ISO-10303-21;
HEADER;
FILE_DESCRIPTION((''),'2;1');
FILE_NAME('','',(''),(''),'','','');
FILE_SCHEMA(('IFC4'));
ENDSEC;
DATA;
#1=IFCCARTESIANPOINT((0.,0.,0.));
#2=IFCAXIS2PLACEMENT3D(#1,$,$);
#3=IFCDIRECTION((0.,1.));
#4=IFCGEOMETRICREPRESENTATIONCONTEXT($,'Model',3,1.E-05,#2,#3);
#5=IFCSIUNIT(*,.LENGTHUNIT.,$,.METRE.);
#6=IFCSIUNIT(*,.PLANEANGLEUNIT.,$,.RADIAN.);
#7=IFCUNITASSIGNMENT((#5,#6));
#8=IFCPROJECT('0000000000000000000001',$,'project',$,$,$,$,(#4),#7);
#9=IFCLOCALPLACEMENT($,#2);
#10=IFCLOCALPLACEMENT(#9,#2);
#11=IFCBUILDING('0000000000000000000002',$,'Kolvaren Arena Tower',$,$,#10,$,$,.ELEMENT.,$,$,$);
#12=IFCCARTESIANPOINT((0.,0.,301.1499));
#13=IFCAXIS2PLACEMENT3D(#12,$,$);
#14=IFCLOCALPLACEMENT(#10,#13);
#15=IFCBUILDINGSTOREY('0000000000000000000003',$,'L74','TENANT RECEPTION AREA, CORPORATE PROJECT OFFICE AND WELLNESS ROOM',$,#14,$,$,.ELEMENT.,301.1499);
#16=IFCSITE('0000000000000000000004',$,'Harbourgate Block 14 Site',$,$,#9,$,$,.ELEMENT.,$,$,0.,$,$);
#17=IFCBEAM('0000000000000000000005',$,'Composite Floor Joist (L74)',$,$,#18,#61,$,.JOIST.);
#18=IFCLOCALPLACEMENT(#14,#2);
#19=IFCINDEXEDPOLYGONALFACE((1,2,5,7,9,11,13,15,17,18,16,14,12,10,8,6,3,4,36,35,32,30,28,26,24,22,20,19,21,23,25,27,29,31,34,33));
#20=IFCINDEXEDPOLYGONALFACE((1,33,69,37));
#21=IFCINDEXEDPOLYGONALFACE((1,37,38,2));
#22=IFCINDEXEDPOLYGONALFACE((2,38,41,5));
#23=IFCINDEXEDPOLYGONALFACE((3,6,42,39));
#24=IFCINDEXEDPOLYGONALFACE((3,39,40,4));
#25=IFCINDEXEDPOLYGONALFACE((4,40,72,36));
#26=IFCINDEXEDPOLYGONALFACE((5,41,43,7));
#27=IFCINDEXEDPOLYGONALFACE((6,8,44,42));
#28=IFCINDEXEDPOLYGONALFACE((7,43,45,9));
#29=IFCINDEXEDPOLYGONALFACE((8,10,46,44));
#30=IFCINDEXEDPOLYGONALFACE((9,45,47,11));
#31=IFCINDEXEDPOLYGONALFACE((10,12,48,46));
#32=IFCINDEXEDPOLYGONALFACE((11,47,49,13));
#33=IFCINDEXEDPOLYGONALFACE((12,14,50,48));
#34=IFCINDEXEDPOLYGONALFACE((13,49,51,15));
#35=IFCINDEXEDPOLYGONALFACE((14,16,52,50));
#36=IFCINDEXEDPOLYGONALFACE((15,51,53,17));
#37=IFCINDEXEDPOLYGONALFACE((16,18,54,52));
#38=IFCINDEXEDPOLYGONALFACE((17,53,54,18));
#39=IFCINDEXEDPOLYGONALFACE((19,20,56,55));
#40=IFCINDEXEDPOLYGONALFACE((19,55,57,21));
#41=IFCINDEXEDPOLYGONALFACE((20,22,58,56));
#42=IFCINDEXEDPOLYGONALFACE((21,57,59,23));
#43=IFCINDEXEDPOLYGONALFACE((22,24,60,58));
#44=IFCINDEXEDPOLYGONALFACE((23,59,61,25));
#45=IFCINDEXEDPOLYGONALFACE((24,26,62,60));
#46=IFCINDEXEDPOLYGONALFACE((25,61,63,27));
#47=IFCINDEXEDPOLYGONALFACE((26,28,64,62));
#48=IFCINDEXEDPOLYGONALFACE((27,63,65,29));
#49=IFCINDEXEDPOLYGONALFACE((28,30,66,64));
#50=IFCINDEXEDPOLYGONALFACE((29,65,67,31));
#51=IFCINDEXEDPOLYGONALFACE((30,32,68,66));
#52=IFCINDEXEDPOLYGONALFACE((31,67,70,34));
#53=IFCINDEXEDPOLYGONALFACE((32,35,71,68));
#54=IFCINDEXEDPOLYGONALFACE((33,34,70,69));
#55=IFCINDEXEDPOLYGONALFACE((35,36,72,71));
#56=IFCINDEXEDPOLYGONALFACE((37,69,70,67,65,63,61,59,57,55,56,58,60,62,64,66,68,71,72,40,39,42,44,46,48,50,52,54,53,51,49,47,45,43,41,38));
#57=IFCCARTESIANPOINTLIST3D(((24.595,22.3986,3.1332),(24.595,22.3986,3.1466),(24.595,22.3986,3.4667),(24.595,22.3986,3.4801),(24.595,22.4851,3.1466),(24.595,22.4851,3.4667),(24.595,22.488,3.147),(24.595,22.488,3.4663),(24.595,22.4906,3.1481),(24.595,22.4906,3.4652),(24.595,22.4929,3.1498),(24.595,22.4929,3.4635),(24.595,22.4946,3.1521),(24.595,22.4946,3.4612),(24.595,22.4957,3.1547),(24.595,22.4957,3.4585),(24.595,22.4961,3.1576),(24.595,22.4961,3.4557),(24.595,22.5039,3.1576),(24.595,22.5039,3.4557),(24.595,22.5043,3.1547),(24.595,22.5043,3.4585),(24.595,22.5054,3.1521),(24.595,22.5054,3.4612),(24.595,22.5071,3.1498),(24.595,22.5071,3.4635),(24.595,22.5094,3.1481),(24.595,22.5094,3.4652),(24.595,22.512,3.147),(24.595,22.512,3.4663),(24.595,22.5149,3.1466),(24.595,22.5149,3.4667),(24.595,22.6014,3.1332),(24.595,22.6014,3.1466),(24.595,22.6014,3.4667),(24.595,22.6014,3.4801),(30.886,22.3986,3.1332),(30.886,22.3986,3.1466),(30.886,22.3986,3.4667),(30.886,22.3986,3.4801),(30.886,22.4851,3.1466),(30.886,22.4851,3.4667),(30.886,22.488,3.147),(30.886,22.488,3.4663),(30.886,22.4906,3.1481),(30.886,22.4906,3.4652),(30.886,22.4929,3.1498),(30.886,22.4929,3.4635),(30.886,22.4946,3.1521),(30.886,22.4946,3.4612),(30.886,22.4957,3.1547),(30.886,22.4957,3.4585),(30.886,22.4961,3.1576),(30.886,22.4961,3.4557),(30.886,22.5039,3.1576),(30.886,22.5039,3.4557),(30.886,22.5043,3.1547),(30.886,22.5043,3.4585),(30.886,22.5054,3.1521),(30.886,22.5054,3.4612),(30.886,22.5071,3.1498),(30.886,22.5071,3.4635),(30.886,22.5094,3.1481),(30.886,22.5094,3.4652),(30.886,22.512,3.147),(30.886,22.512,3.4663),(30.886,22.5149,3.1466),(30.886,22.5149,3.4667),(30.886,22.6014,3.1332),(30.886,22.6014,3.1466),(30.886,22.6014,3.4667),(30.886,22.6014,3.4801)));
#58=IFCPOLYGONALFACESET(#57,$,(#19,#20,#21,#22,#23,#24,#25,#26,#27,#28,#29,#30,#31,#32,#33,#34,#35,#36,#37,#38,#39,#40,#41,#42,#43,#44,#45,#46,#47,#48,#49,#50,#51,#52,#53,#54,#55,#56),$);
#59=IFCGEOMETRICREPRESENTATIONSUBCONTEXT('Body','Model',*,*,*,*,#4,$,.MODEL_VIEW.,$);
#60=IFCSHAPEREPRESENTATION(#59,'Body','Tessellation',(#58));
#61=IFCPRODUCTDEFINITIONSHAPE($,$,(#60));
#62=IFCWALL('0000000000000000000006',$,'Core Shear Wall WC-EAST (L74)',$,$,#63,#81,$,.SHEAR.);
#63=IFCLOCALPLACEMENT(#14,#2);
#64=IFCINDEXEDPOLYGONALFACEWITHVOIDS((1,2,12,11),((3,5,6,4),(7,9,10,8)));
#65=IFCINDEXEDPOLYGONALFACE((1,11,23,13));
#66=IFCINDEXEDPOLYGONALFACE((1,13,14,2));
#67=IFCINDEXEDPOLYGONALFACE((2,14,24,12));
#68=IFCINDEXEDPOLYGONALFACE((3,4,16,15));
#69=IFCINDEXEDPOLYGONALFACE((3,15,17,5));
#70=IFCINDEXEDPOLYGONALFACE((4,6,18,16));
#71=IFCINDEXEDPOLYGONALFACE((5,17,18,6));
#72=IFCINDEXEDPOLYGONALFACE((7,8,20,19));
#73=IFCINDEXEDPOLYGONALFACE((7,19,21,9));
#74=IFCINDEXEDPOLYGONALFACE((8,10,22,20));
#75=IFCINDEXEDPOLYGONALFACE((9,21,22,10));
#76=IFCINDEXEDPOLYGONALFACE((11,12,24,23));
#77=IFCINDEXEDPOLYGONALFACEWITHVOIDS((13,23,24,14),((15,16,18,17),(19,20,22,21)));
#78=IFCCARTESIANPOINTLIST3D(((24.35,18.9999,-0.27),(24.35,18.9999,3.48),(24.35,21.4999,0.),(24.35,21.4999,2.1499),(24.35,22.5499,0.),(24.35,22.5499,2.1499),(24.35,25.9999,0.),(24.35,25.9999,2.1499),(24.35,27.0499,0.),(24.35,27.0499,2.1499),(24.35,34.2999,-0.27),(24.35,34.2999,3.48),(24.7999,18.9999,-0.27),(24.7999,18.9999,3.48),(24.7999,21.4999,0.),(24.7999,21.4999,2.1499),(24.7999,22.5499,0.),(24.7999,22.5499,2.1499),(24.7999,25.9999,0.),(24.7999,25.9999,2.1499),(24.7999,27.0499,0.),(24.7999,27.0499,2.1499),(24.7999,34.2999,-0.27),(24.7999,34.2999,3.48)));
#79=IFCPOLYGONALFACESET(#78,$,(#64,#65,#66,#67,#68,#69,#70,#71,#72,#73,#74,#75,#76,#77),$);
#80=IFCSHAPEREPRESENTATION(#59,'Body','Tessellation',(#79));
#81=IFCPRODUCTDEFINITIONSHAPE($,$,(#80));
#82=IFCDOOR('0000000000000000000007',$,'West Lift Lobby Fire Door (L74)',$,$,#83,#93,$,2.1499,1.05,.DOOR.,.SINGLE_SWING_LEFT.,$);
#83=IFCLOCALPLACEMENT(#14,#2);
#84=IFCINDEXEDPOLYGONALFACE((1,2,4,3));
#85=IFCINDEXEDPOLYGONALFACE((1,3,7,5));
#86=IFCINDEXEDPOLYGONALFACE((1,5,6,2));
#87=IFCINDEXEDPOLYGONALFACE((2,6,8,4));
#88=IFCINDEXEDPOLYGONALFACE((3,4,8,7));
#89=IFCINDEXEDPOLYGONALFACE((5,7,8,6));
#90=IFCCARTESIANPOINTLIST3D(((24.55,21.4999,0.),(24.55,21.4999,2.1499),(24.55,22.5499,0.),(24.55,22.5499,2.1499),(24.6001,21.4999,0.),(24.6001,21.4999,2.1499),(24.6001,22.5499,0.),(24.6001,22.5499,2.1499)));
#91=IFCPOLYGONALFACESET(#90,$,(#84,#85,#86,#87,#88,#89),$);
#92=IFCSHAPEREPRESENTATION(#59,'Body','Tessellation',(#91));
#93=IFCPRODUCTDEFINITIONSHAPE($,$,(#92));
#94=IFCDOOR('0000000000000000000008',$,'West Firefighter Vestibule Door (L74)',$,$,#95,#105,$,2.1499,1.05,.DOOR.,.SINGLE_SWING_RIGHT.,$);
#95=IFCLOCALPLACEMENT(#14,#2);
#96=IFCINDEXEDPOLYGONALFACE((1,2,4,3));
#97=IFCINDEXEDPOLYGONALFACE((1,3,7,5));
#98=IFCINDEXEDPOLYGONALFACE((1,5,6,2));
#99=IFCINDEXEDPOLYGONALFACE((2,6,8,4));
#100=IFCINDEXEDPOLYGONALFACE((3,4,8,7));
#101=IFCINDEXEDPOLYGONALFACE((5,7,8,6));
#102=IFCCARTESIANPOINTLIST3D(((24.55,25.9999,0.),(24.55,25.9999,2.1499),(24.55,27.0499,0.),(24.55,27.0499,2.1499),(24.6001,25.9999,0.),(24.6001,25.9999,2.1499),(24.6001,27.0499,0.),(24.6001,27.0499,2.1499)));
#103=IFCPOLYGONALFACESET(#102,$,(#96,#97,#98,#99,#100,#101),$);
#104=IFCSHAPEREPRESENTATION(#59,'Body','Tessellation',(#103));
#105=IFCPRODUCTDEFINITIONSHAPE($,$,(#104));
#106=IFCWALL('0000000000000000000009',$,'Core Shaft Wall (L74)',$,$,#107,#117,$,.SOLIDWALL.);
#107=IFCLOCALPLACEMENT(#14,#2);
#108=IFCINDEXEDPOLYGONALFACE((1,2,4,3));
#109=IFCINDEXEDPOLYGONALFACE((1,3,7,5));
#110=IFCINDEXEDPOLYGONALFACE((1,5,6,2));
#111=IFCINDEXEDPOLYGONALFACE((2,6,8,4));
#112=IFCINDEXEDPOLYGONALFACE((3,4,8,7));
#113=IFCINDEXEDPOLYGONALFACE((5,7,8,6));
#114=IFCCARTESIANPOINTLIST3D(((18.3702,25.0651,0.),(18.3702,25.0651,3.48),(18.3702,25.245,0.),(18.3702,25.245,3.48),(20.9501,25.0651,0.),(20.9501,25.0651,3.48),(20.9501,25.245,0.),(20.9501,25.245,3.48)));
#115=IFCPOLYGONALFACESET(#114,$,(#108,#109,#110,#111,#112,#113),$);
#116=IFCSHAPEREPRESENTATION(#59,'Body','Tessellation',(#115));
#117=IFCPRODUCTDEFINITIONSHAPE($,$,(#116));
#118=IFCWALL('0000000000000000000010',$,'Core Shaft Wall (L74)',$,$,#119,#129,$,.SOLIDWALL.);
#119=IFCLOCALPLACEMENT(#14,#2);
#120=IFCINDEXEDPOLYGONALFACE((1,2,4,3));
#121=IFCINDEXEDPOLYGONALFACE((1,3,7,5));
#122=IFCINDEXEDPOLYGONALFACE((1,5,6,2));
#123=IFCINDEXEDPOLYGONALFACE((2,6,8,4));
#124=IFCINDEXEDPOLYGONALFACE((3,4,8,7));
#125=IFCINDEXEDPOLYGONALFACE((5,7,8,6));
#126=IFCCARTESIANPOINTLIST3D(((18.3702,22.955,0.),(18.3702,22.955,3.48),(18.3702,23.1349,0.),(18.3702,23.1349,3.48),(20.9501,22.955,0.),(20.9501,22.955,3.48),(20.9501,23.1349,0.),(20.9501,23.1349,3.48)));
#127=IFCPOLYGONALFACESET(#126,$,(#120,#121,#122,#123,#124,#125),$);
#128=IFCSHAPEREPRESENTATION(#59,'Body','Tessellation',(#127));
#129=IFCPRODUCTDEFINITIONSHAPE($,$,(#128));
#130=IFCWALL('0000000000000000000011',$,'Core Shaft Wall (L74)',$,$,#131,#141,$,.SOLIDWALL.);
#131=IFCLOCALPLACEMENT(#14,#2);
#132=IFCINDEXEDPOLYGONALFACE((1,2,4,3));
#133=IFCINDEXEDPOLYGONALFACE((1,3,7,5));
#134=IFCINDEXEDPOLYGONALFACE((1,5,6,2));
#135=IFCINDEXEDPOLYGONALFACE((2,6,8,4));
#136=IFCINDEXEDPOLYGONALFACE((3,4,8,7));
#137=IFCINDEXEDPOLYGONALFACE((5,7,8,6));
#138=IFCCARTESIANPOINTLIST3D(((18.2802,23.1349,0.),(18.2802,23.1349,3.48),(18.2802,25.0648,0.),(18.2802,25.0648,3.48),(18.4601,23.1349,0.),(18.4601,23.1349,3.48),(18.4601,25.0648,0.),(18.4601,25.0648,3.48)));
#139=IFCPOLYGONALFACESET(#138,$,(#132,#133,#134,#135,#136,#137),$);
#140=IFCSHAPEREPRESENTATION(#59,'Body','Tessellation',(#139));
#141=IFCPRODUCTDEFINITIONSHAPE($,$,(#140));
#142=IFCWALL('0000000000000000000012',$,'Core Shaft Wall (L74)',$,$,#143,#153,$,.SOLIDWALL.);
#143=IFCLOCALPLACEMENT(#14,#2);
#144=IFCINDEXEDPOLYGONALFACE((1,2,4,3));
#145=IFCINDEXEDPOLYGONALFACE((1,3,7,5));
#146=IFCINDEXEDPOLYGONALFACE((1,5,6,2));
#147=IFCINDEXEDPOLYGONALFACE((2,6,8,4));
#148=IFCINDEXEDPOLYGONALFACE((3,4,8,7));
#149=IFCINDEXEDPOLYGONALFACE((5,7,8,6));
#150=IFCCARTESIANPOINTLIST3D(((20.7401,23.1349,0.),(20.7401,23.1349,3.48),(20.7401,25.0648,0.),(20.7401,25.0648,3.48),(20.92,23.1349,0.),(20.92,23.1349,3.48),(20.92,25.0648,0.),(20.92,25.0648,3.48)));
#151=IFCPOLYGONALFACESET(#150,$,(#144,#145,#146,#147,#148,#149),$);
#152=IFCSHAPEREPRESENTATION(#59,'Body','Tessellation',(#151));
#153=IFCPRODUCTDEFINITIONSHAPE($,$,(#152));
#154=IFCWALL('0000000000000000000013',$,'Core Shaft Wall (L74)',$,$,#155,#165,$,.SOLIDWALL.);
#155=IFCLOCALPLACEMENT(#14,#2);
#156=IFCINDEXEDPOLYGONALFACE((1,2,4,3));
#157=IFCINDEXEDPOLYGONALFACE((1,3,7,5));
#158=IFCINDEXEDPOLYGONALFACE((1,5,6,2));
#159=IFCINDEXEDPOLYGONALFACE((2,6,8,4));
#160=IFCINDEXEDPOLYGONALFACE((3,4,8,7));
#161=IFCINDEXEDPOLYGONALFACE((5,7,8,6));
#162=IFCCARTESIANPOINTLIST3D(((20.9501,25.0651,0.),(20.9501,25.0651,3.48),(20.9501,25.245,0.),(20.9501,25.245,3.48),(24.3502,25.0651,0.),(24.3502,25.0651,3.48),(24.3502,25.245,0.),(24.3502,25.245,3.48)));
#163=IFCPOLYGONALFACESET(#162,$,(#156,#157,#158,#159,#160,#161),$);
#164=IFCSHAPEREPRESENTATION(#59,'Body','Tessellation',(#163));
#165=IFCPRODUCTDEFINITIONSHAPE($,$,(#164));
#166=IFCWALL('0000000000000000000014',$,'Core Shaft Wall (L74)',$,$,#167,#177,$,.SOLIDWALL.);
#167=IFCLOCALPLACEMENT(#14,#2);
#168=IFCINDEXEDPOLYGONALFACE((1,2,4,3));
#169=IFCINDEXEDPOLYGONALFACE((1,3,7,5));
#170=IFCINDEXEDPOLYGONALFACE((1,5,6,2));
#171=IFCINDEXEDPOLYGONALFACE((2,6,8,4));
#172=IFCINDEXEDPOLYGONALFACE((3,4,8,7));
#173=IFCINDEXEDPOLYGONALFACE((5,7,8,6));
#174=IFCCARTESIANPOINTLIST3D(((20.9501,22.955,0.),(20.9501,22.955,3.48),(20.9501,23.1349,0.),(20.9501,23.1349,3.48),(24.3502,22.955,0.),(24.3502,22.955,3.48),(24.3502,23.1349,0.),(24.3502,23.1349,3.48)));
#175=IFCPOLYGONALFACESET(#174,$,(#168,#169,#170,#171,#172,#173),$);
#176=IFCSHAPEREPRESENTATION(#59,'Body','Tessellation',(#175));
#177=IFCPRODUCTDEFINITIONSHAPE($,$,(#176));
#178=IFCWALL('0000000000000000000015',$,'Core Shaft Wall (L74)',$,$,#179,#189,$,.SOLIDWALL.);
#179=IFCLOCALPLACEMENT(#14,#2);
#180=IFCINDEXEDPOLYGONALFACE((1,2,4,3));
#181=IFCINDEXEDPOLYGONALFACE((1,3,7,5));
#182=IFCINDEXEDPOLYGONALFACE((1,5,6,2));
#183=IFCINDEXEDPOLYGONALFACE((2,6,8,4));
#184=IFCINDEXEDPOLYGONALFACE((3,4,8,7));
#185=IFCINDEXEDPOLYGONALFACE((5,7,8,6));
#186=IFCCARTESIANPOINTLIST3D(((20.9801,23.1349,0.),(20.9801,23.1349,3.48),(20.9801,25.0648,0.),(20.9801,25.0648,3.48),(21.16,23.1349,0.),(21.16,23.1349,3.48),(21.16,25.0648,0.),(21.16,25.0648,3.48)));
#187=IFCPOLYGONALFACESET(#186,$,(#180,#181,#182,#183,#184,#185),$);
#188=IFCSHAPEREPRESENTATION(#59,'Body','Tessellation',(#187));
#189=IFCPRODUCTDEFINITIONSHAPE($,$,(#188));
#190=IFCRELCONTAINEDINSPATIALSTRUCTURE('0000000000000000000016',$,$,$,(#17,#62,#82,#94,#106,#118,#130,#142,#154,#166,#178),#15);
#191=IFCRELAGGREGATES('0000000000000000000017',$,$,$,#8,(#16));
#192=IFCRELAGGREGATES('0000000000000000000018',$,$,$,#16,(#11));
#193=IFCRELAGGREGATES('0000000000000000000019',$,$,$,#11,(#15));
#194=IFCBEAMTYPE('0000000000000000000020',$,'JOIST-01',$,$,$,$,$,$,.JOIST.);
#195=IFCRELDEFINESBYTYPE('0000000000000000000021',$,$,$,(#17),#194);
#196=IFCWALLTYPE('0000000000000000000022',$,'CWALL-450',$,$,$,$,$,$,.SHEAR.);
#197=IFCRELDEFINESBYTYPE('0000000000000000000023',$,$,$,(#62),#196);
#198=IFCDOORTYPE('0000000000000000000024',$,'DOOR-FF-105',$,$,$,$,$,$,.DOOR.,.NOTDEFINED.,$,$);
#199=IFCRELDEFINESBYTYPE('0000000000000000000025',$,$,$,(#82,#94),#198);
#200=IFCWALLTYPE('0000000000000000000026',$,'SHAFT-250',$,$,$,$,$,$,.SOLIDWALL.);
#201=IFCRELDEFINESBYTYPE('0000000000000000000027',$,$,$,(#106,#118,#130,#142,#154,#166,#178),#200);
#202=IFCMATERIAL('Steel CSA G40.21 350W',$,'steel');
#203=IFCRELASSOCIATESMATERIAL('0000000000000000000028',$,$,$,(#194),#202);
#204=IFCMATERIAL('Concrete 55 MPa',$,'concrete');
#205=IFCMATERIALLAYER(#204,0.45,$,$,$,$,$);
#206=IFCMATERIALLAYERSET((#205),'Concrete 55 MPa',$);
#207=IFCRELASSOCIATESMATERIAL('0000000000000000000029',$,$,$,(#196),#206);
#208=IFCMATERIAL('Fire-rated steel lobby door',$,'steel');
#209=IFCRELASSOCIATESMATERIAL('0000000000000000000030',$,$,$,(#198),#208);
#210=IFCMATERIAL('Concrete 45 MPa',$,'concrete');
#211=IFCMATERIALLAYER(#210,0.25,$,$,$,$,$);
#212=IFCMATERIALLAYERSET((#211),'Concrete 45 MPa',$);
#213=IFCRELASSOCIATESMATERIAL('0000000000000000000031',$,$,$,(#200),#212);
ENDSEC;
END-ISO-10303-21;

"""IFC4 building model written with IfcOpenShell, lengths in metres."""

from ifc_helpers import new_model, si_unit, direction, frame, frame_2d, origin, origin_2d, place, context, subcontext, project, spatial, rectangle, i_section, extrude, material, layer, layer_set, material_profile, profile_set, type_object, element, fill, save


model = new_model("IFC4")

# Units and contexts
model_context = context("Model", 3, precision=1e-05, world=origin(), true_north=direction((0.0, 1.0)))
body_context = subcontext(model_context, "Body", "Model", "MODEL_VIEW")
ifc_project = project(units=[si_unit("LENGTHUNIT", "METRE"), si_unit("PLANEANGLEUNIT", "RADIAN")], contexts=[model_context])

# Site, building, storey
site_placement = place(None, origin())
site = spatial("IfcSite", under=ifc_project, at=site_placement, Name="Harbourgate Block 14 Site", CompositionType="ELEMENT", RefElevation=0.0)
building_placement = place(site_placement, origin())
building = spatial("IfcBuilding", under=site, at=building_placement, Name="Kolvaren Arena Tower", CompositionType="ELEMENT")
storey_placement = place(building_placement, frame((0.0, 0.0, 301.1499)))
storey = spatial("IfcBuildingStorey", under=building, at=storey_placement, Name="L74", Description="TENANT RECEPTION AREA, CORPORATE PROJECT OFFICE AND WELLNESS ROOM", CompositionType="ELEMENT", Elevation=301.1499)

# Beam
ifc_material_1 = material(Name="Steel CSA G40.21 350W", Category="steel")
ifc_material_profile_1 = material_profile(ifc_material_1, i_section(OverallWidth=0.2029, OverallDepth=0.3469, WebThickness=0.0078, FlangeThickness=0.0134, FilletRadius=0.011, at=origin_2d()), Name="W360x64")
ifc_profile_set_1 = profile_set([ifc_material_profile_1], Name="Steel CSA G40.21 350W")
beam_type_1 = type_object("IfcBeamType", Name="JOIST-01", PredefinedType="JOIST", material=ifc_profile_set_1)
beam_1_placement = place(storey_placement, frame((24.595, 22.5, 3.3066), z_axis=(1.0, 0.0, 0.0), x_axis=(0.0, 1.0, 0.0)))
element("IfcBeam", 1, at=beam_1_placement, inside=storey, type_object=beam_type_1, Name="Composite Floor Joist (L74)", PredefinedType="JOIST", context=body_context, shape_type="SweptSolid", body=[
    extrude(i_section(OverallWidth=0.2029, OverallDepth=0.3469, WebThickness=0.0078, FlangeThickness=0.0134, FilletRadius=0.011, at=origin_2d()), origin(), (0.0, 0.0, 1.0), 6.291),
])

# Wall, openings, doors
ifc_material_2 = material(Name="Concrete 55 MPa", Category="concrete")
ifc_layer_1 = layer(ifc_material_2, 0.45)
ifc_layer_set_1 = layer_set([ifc_layer_1], Name="Concrete 55 MPa")
wall_type_1 = type_object("IfcWallType", Name="CWALL-450", PredefinedType="SHEAR", material=ifc_layer_set_1)
wall_1_placement = place(storey_placement, frame((24.575, 19.0, -0.27), z_axis=(0.0, 0.0, 1.0), x_axis=(0.0, 1.0, 0.0)))
wall_1 = element("IfcWall", 2, at=wall_1_placement, inside=storey, type_object=wall_type_1, Name="Core Shear Wall WC-EAST (L74)", PredefinedType="SHEAR", context=body_context, shape_type="SweptSolid", body=[
    extrude(rectangle(XDim=15.3, YDim=0.45, at=frame_2d((7.6499, 0.0))), origin(), (0.0, 0.0, 1.0), 3.75),
])
opening_1_placement = place(wall_1_placement, frame((2.5, 0.0, 0.27)))
opening_1 = element("IfcOpeningElement", 3, at=opening_1_placement, cuts=wall_1, PredefinedType="OPENING", context=body_context, shape_type="SweptSolid", body=[
    extrude(rectangle(XDim=1.05, YDim=2.1499, at=frame_2d((0.5249, 1.075))), frame((0.0, 0.2349, 0.0), z_axis=(0.0, -1.0, 0.0), x_axis=(1.0, 0.0, 0.0)), (0.0, 0.0, 1.0), 0.47),
])
opening_2_placement = place(wall_1_placement, frame((7.0, 0.0, 0.27)))
opening_2 = element("IfcOpeningElement", 4, at=opening_2_placement, cuts=wall_1, PredefinedType="OPENING", context=body_context, shape_type="SweptSolid", body=[
    extrude(rectangle(XDim=1.05, YDim=2.1499, at=frame_2d((0.5249, 1.075))), frame((0.0, 0.2349, 0.0), z_axis=(0.0, -1.0, 0.0), x_axis=(1.0, 0.0, 0.0)), (0.0, 0.0, 1.0), 0.47),
])
ifc_material_3 = material(Name="Fire-rated steel lobby door", Category="steel")
door_type = type_object("IfcDoorType", Name="DOOR-FF-105", OperationType="NOTDEFINED", PredefinedType="DOOR", material=ifc_material_3)
door_1_placement = place(opening_1_placement, origin())
door_1 = element("IfcDoor", 5, at=door_1_placement, inside=storey, type_object=door_type, Name="West Lift Lobby Fire Door (L74)", OperationType="SINGLE_SWING_LEFT", OverallHeight=2.1499, OverallWidth=1.05, PredefinedType="DOOR", context=body_context, shape_type="SweptSolid", body=[
    extrude(rectangle(XDim=1.05, YDim=2.1499, at=frame_2d((0.5249, 1.075))), frame((0.0, 0.0249, 0.0), z_axis=(0.0, -1.0, 0.0), x_axis=(1.0, 0.0, 0.0)), (0.0, 0.0, 1.0), 0.05),
])
fill(opening_1, door_1)
door_2_placement = place(opening_2_placement, origin())
door_2 = element("IfcDoor", 6, at=door_2_placement, inside=storey, type_object=door_type, Name="West Firefighter Vestibule Door (L74)", OperationType="SINGLE_SWING_RIGHT", OverallHeight=2.1499, OverallWidth=1.05, PredefinedType="DOOR", context=body_context, shape_type="SweptSolid", body=[
    extrude(rectangle(XDim=1.05, YDim=2.1499, at=frame_2d((0.5249, 1.075))), frame((0.0, 0.0249, 0.0), z_axis=(0.0, -1.0, 0.0), x_axis=(1.0, 0.0, 0.0)), (0.0, 0.0, 1.0), 0.05),
])
fill(opening_2, door_2)

# Walls
ifc_material_4 = material(Name="Concrete 45 MPa", Category="concrete")
ifc_layer_2 = layer(ifc_material_4, 0.25)
ifc_layer_set_2 = layer_set([ifc_layer_2], Name="Concrete 45 MPa")
wall_type_2 = type_object("IfcWallType", Name="SHAFT-250", PredefinedType="SOLIDWALL", material=ifc_layer_set_2)
for number, where, z_axis, x_axis, name in (
    (7, (18.3701, 25.155, 0.0), (0.0, 0.0, 1.0), (1.0, 0.0, 0.0), "Core Shaft Wall (L74)"),
    (8, (18.3701, 23.0449, 0.0), (0.0, 0.0, 1.0), (1.0, 0.0, 0.0), "Core Shaft Wall (L74)"),
):
    element("IfcWall", number, at=place(storey_placement, frame(where, z_axis=z_axis, x_axis=x_axis)), inside=storey, type_object=wall_type_2, Name=name, PredefinedType="SOLIDWALL", context=body_context, shape_type="SweptSolid", body=[
        extrude(rectangle(XDim=2.5798, YDim=0.1799, at=frame_2d((1.29, 0.0))), origin(), (0.0, 0.0, 1.0), 3.48),
    ])
for number, where, z_axis, x_axis, name in (
    (9, (18.3701, 23.135, 0.0), (0.0, 0.0, 1.0), (0.0, 1.0, 0.0), "Core Shaft Wall (L74)"),
    (10, (20.8301, 23.135, 0.0), (0.0, 0.0, 1.0), (0.0, 1.0, 0.0), "Core Shaft Wall (L74)"),
):
    element("IfcWall", number, at=place(storey_placement, frame(where, z_axis=z_axis, x_axis=x_axis)), inside=storey, type_object=wall_type_2, Name=name, PredefinedType="SOLIDWALL", context=body_context, shape_type="SweptSolid", body=[
        extrude(rectangle(XDim=1.9299, YDim=0.1799, at=frame_2d((0.9648, 0.0))), origin(), (0.0, 0.0, 1.0), 3.48),
    ])
for number, where, z_axis, x_axis, name in (
    (11, (20.95, 25.155, 0.0), (0.0, 0.0, 1.0), (1.0, 0.0, 0.0), "Core Shaft Wall (L74)"),
    (12, (20.95, 23.0449, 0.0), (0.0, 0.0, 1.0), (1.0, 0.0, 0.0), "Core Shaft Wall (L74)"),
):
    element("IfcWall", number, at=place(storey_placement, frame(where, z_axis=z_axis, x_axis=x_axis)), inside=storey, type_object=wall_type_2, Name=name, PredefinedType="SOLIDWALL", context=body_context, shape_type="SweptSolid", body=[
        extrude(rectangle(XDim=3.4001, YDim=0.1799, at=frame_2d((1.7002, 0.0))), origin(), (0.0, 0.0, 1.0), 3.48),
    ])
for number, where, z_axis, x_axis, name in (
    (13, (21.0701, 23.135, 0.0), (0.0, 0.0, 1.0), (0.0, 1.0, 0.0), "Core Shaft Wall (L74)"),
):
    element("IfcWall", number, at=place(storey_placement, frame(where, z_axis=z_axis, x_axis=x_axis)), inside=storey, type_object=wall_type_2, Name=name, PredefinedType="SOLIDWALL", context=body_context, shape_type="SweptSolid", body=[
        extrude(rectangle(XDim=1.9299, YDim=0.1799, at=frame_2d((0.9648, 0.0))), origin(), (0.0, 0.0, 1.0), 3.48),
    ])

save(model, "model.ifc")
